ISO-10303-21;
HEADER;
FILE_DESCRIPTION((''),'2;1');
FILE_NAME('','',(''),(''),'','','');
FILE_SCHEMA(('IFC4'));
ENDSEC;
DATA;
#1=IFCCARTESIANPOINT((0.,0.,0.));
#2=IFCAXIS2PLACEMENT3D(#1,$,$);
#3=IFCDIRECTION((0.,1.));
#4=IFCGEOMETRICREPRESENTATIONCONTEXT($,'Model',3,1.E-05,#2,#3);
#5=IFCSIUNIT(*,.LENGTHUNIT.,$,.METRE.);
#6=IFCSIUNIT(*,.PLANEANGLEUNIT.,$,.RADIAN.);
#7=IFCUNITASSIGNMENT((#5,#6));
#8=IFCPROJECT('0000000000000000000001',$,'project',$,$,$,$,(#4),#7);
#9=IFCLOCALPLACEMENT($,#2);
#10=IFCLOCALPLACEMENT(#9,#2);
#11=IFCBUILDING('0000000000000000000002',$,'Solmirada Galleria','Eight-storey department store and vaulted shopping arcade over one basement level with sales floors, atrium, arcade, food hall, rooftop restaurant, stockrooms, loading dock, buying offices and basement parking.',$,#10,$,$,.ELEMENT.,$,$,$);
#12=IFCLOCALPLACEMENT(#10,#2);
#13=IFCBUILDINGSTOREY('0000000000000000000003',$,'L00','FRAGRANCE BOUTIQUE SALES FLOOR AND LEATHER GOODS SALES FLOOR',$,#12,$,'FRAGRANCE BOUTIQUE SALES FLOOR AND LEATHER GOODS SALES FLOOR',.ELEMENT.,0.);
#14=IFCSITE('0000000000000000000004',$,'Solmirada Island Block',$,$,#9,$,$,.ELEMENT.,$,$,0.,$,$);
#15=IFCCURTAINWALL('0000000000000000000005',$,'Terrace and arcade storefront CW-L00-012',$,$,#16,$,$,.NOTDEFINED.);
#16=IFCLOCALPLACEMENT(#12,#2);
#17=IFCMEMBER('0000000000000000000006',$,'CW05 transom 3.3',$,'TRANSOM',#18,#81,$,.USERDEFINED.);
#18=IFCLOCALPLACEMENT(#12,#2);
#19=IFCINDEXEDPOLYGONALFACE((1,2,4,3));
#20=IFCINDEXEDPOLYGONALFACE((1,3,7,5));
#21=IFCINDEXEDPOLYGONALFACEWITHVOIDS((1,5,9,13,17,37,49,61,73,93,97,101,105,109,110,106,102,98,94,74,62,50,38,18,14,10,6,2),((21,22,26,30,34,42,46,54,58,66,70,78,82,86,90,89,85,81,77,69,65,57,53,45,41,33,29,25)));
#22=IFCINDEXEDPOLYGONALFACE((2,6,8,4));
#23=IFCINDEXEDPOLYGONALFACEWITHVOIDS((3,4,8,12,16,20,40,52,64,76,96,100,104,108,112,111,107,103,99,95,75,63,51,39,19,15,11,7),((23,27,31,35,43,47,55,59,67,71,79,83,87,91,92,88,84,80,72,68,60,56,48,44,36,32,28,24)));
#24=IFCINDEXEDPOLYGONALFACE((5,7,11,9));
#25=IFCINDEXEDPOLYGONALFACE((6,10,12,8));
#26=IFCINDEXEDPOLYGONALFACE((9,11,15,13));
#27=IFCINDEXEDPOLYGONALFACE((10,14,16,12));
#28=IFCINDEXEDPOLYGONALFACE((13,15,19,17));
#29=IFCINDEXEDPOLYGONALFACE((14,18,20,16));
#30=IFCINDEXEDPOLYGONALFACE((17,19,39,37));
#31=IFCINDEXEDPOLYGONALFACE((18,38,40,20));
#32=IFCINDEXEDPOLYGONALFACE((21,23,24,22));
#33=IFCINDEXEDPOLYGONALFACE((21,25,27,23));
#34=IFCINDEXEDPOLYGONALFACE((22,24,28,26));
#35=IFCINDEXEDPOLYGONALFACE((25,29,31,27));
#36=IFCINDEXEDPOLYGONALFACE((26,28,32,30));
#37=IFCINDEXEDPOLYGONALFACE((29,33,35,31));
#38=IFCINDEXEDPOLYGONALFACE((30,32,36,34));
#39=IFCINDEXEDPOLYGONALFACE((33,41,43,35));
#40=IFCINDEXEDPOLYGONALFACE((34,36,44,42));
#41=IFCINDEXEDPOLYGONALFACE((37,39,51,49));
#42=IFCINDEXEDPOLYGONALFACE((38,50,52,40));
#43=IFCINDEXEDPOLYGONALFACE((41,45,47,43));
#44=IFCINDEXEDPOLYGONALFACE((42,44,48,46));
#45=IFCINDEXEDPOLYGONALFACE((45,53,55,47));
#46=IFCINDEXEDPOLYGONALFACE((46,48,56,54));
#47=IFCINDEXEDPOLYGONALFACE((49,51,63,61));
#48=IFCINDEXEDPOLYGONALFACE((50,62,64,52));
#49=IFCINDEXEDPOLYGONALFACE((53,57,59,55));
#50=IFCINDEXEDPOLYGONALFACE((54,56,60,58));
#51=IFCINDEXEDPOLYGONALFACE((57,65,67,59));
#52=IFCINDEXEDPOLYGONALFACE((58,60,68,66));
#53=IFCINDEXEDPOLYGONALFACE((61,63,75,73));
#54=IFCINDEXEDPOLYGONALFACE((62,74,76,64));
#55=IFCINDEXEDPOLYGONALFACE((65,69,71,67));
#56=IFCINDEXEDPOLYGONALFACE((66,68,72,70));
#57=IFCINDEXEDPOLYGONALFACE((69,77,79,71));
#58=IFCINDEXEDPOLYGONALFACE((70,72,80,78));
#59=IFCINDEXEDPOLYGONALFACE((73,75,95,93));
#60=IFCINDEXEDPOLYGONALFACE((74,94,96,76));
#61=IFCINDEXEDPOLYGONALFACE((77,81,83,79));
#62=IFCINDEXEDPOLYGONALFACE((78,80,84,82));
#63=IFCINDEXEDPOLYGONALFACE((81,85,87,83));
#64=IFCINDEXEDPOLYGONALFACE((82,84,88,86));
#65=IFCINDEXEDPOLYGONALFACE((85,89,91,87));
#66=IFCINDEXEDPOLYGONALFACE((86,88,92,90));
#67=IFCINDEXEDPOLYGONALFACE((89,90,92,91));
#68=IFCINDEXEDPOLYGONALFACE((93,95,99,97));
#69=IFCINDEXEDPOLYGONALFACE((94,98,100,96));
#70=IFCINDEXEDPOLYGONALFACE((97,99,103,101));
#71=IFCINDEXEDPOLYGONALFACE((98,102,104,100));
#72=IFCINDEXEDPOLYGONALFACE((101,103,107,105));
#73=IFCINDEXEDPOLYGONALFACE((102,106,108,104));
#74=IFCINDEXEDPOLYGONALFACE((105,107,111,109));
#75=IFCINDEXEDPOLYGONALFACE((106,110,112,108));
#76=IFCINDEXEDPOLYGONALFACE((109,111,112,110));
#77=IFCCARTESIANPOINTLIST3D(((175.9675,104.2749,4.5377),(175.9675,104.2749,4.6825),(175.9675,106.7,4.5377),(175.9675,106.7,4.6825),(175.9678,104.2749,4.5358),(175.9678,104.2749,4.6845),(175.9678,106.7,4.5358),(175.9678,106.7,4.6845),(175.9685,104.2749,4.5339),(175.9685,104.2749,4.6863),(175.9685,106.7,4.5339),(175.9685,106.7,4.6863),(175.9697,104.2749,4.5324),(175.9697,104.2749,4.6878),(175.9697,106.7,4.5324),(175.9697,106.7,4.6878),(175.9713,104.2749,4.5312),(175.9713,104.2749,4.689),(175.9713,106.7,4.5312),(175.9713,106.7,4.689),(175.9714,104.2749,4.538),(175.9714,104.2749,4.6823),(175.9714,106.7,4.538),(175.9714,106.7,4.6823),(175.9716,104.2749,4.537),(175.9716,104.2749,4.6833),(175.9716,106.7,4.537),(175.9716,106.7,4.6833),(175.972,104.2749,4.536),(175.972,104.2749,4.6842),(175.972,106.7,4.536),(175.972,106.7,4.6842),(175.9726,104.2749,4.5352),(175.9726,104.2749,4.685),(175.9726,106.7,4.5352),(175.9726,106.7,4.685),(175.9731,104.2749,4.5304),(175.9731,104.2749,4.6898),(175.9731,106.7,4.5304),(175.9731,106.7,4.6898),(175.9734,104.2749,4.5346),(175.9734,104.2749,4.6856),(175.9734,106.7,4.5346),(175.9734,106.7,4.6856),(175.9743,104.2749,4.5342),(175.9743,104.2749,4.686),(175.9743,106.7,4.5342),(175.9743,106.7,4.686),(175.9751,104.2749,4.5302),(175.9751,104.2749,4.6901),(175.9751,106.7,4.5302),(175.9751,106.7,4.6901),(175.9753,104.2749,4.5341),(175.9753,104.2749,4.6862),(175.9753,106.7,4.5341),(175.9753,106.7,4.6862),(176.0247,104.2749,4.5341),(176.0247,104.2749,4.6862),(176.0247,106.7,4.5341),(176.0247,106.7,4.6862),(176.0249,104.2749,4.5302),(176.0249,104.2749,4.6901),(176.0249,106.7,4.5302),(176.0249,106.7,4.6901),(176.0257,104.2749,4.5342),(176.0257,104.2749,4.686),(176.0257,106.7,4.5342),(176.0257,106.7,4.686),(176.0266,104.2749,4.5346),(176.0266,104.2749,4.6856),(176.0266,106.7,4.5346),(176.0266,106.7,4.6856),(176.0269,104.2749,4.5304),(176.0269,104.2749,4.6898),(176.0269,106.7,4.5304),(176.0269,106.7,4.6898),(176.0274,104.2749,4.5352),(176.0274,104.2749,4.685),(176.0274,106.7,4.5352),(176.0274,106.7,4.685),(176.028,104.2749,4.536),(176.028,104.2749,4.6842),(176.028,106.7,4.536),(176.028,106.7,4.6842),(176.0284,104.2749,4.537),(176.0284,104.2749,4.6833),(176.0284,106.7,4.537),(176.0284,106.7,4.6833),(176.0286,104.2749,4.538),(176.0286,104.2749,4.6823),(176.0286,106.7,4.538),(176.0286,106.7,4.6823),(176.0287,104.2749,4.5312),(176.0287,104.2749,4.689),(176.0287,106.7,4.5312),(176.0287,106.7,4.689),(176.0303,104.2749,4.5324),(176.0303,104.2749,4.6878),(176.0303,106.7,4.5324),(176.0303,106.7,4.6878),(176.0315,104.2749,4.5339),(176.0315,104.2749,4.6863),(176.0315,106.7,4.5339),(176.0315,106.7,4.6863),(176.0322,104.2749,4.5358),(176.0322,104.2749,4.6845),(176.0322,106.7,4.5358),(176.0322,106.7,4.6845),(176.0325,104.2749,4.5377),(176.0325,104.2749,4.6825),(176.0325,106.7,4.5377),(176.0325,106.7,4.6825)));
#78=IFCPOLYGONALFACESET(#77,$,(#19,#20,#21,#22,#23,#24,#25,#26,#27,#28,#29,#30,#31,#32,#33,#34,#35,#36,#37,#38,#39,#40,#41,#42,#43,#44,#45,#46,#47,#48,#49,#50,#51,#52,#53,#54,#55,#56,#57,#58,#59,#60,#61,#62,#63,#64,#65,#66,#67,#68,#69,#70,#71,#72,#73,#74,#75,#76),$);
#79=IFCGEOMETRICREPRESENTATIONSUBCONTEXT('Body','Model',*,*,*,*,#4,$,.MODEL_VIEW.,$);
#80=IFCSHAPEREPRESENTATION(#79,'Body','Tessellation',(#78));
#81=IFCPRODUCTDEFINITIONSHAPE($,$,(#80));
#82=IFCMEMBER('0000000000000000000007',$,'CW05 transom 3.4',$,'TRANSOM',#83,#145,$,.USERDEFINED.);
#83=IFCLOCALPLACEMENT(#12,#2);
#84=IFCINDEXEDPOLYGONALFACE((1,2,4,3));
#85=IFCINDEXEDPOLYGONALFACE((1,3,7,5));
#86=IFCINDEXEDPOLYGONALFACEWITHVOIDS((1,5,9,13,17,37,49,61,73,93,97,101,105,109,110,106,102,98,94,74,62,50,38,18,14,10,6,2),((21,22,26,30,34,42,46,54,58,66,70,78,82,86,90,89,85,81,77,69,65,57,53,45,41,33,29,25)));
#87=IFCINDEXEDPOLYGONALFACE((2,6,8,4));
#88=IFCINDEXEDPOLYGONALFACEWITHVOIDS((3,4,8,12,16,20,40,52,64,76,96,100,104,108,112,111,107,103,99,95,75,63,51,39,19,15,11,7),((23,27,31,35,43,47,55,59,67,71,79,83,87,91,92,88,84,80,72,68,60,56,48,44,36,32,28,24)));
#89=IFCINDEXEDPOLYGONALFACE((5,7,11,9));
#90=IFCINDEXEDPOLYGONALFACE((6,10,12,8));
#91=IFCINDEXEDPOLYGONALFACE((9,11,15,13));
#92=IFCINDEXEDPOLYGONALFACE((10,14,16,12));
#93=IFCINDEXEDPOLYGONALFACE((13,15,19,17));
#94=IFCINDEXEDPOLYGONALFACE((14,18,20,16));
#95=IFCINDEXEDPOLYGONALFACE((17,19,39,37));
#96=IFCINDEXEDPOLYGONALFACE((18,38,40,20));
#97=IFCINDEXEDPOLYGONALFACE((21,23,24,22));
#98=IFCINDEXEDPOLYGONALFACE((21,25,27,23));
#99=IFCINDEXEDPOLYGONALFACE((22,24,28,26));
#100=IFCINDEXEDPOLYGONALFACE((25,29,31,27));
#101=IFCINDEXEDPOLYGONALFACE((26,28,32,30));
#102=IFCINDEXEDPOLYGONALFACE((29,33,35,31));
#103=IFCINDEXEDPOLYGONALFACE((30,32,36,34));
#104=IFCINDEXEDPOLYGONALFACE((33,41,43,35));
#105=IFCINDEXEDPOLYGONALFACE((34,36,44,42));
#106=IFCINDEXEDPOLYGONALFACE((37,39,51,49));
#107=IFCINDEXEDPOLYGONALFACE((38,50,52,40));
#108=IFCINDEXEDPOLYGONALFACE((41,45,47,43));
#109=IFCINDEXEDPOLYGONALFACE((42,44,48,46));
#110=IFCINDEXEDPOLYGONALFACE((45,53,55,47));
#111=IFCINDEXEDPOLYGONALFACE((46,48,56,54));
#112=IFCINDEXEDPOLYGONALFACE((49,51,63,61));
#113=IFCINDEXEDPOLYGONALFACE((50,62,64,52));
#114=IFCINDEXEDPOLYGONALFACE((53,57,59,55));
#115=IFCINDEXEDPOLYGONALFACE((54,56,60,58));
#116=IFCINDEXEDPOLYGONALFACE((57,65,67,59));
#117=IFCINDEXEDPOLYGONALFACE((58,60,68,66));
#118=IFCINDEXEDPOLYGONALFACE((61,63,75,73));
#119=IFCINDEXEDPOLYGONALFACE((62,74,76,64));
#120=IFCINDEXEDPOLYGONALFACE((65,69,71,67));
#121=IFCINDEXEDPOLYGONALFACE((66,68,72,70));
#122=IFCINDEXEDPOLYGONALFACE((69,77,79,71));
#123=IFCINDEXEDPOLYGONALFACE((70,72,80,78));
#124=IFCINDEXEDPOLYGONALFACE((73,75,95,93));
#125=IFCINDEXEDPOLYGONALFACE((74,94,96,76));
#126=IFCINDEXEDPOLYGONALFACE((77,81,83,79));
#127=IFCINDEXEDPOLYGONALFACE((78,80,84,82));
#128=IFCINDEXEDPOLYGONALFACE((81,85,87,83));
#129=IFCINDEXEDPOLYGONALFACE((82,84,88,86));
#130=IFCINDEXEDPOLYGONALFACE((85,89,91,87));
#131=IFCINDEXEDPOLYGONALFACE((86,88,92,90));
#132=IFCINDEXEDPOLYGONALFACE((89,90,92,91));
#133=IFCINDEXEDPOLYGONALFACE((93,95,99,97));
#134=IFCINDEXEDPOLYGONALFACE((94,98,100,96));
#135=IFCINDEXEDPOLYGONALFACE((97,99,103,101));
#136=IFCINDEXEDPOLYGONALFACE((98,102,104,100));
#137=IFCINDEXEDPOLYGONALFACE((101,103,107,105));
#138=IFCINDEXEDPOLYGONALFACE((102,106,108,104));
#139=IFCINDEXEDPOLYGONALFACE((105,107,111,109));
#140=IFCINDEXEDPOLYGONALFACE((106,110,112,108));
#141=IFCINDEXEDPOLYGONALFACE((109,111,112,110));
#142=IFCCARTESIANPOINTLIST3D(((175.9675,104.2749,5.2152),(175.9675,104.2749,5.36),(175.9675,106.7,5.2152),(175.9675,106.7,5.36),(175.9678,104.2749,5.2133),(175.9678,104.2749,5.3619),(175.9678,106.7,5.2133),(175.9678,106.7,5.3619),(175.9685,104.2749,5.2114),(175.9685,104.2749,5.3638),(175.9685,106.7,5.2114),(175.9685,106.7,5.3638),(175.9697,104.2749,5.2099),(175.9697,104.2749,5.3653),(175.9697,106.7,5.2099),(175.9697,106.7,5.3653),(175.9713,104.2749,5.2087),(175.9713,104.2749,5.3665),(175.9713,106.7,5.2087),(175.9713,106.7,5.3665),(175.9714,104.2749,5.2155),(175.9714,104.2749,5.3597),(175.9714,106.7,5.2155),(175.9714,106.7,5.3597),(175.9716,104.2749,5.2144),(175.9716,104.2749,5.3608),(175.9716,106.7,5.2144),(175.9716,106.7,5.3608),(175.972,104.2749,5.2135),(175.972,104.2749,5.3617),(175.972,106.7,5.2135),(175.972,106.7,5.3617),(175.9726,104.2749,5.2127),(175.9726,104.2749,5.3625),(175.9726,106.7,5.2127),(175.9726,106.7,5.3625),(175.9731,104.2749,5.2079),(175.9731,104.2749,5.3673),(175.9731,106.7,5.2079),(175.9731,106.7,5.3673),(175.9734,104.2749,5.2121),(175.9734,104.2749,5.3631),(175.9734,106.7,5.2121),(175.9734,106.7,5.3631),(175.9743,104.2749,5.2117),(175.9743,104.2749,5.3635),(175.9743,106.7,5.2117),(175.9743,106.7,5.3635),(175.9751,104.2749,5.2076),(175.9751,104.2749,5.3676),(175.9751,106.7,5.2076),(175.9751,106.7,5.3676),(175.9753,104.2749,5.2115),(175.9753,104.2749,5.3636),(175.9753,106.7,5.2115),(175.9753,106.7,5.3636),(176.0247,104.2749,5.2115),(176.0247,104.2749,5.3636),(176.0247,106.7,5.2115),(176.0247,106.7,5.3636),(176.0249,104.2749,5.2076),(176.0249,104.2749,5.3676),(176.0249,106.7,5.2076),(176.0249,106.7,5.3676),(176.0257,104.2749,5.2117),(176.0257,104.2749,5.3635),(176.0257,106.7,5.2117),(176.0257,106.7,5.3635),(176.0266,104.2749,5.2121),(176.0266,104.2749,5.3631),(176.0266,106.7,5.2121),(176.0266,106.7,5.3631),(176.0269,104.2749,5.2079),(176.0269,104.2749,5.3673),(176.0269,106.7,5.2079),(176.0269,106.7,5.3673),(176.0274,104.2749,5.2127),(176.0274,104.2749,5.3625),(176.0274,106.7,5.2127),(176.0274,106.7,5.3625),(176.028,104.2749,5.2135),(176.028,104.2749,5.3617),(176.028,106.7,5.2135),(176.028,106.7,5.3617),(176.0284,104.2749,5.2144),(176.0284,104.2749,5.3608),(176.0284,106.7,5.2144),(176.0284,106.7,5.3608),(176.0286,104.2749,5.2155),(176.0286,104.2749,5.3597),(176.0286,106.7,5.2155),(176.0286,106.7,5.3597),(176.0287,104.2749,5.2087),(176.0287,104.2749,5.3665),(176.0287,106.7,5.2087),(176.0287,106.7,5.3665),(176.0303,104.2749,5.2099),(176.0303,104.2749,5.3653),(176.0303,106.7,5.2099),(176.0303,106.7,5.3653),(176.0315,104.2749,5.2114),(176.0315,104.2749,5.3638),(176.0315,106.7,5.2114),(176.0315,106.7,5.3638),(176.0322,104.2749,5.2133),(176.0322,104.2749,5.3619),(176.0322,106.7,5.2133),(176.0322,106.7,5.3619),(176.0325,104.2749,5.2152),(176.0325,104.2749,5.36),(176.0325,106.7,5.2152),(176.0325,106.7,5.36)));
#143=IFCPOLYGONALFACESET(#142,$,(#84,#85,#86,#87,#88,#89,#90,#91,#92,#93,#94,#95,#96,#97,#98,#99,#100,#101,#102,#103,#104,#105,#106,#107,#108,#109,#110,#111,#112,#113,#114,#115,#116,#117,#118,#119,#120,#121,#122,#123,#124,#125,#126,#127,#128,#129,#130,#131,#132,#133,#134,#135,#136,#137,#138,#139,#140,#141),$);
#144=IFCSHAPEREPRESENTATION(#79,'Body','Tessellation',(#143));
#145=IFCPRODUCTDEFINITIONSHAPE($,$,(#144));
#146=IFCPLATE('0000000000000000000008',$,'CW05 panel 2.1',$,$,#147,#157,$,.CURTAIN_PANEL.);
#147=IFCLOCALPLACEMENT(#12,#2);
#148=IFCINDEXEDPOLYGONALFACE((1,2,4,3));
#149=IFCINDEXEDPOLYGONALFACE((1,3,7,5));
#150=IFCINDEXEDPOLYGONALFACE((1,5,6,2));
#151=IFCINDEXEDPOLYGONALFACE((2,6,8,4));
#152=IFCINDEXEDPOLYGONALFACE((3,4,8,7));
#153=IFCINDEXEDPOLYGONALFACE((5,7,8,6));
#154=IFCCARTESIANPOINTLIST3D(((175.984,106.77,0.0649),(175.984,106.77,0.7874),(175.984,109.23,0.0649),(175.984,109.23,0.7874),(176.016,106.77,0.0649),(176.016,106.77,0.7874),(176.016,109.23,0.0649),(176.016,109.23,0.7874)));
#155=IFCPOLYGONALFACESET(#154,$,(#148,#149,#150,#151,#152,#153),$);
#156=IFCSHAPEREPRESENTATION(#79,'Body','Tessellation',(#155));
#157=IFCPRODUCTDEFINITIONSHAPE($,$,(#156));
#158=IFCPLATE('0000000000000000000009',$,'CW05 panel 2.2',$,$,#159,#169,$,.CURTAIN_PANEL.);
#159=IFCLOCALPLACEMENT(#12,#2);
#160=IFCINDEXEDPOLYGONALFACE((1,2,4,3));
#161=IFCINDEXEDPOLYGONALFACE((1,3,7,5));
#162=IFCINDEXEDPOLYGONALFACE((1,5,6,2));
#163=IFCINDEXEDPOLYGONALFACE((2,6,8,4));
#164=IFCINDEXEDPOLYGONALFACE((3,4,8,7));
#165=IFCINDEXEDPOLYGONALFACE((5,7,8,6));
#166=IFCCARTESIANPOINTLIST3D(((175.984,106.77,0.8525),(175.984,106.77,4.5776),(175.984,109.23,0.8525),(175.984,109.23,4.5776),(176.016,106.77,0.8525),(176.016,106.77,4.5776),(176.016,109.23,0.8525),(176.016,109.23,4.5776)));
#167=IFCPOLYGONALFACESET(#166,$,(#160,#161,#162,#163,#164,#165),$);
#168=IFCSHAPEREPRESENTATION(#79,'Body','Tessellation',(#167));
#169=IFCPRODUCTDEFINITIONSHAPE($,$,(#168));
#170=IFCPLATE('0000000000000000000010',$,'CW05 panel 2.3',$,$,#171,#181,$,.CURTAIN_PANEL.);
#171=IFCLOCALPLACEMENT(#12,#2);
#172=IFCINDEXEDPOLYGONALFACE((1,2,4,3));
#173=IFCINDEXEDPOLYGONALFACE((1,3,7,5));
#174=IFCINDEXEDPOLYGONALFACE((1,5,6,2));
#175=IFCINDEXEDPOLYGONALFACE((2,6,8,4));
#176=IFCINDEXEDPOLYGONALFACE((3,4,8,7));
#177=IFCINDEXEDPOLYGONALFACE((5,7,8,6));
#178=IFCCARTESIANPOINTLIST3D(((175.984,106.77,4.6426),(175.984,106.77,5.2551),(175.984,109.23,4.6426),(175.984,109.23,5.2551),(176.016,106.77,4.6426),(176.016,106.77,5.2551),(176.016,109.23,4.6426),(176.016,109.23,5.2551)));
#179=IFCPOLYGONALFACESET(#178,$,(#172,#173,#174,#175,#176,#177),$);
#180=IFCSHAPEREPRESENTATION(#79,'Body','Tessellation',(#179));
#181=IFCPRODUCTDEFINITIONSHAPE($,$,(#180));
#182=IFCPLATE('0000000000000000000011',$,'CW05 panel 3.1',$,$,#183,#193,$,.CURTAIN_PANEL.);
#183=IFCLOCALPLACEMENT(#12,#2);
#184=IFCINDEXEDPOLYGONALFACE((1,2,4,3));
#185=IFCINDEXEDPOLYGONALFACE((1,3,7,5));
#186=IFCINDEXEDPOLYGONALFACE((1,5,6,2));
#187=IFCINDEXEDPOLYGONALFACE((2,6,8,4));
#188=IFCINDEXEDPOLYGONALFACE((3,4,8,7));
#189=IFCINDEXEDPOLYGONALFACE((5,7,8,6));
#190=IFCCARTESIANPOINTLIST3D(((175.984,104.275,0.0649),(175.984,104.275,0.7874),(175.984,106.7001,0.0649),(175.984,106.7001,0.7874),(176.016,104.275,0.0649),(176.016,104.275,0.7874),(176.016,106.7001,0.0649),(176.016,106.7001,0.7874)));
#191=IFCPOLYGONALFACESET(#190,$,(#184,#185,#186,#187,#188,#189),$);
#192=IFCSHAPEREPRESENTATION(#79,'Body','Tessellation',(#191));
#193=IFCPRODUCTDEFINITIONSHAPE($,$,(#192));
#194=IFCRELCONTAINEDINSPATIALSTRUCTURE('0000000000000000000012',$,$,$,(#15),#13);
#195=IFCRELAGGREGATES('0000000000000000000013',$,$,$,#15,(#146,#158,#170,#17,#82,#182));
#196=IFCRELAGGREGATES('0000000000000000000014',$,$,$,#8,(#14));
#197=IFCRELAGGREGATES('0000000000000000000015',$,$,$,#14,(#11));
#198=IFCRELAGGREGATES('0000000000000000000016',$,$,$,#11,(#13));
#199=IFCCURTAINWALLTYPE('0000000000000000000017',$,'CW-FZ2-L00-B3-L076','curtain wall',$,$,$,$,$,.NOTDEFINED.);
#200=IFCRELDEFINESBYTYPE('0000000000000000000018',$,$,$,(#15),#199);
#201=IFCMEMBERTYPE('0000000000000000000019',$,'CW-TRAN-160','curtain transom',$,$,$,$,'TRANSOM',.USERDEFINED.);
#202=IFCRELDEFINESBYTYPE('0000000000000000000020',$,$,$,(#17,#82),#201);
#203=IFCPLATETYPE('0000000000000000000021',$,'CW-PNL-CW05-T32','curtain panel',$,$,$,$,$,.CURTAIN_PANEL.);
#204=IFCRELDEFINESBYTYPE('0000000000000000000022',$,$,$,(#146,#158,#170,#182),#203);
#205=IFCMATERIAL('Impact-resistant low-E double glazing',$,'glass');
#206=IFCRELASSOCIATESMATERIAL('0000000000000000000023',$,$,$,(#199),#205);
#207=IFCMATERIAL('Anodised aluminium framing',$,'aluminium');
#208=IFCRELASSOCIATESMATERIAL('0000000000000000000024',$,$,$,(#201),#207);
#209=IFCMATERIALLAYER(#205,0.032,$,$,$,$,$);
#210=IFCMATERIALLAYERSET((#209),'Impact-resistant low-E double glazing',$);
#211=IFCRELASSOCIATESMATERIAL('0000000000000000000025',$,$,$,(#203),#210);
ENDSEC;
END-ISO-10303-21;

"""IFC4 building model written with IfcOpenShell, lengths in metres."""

from ifc_helpers import new_model, si_unit, direction, frame, origin, origin_2d, place, context, subcontext, project, spatial, rectangle, hollow_rectangle, extrude, material, layer, layer_set, material_profile, profile_set, type_object, element, aggregate, save


model = new_model("IFC4")

# Units and contexts
model_context = context("Model", 3, precision=1e-05, world=origin(), true_north=direction((0.0, 1.0)))
body_context = subcontext(model_context, "Body", "Model", "MODEL_VIEW")
ifc_project = project(units=[si_unit("LENGTHUNIT", "METRE"), si_unit("PLANEANGLEUNIT", "RADIAN")], contexts=[model_context])

# Site, building, storey
site_placement = place(None, origin())
site = spatial("IfcSite", under=ifc_project, at=site_placement, Name="Solmirada Island Block", CompositionType="ELEMENT", RefElevation=0.0)
building_placement = place(site_placement, origin())
building = spatial("IfcBuilding", under=site, at=building_placement, Name="Solmirada Galleria", Description="Eight-storey department store and vaulted shopping arcade over one basement level with sales floors, atrium, arcade, food hall, rooftop restaurant, stockrooms, loading dock, buying offices and basement parking.", CompositionType="ELEMENT")
storey_placement = place(building_placement, origin())
storey = spatial("IfcBuildingStorey", under=building, at=storey_placement, Name="L00", Description="FRAGRANCE BOUTIQUE SALES FLOOR AND LEATHER GOODS SALES FLOOR", LongName="FRAGRANCE BOUTIQUE SALES FLOOR AND LEATHER GOODS SALES FLOOR", CompositionType="ELEMENT", Elevation=0.0)

# Curtain wall, members, plates
ifc_material_1 = material(Name="Impact-resistant low-E double glazing", Category="glass")
curtain_wall_type = type_object("IfcCurtainWallType", Name="CW-FZ2-L00-B3-L076", Description="curtain wall", PredefinedType="NOTDEFINED", material=ifc_material_1)
curtain_wall_placement = place(storey_placement, origin())
curtain_wall = element("IfcCurtainWall", 1, at=curtain_wall_placement, inside=storey, type_object=curtain_wall_type, Name="Terrace and arcade storefront CW-L00-012", PredefinedType="NOTDEFINED")
ifc_material_2 = material(Name="Anodised aluminium framing", Category="aluminium")
ifc_material_profile_1 = material_profile(ifc_material_2, hollow_rectangle(XDim=0.0649, YDim=0.1599, WallThickness=0.0039, InnerFilletRadius=0.0039, OuterFilletRadius=0.0076, at=origin_2d()), Name="ALU-TRAN-160X65")
ifc_profile_set_1 = profile_set([ifc_material_profile_1], Name="Anodised aluminium framing")
member_type_1 = type_object("IfcMemberType", Name="CW-TRAN-160", Description="curtain transom", ElementType="TRANSOM", PredefinedType="USERDEFINED", material=ifc_profile_set_1)
member_1_placement = place(storey_placement, frame((176.0, 106.7, 4.6101), z_axis=(0.0, -1.0, 0.0), x_axis=(1.0, 0.0, 0.0)))
member_1 = element("IfcMember", 2, at=member_1_placement, type_object=member_type_1, Name="CW05 transom 3.3", ObjectType="TRANSOM", PredefinedType="USERDEFINED", context=body_context, shape_type="SweptSolid", body=[
    extrude(hollow_rectangle(XDim=0.0649, YDim=0.1599, WallThickness=0.0039, InnerFilletRadius=0.0039, OuterFilletRadius=0.0076, at=origin_2d()), origin(), (0.0, 0.0, 1.0), 2.425),
])
member_2_placement = place(storey_placement, frame((176.0, 106.7, 5.2876), z_axis=(0.0, -1.0, 0.0), x_axis=(1.0, 0.0, 0.0)))
member_2 = element("IfcMember", 3, at=member_2_placement, type_object=member_type_1, Name="CW05 transom 3.4", ObjectType="TRANSOM", PredefinedType="USERDEFINED", context=body_context, shape_type="SweptSolid", body=[
    extrude(hollow_rectangle(XDim=0.0649, YDim=0.1599, WallThickness=0.0039, InnerFilletRadius=0.0039, OuterFilletRadius=0.0076, at=origin_2d()), origin(), (0.0, 0.0, 1.0), 2.425),
])
ifc_layer_1 = layer(ifc_material_1, 0.032)
ifc_layer_set_1 = layer_set([ifc_layer_1], Name="Impact-resistant low-E double glazing")
plate_type = type_object("IfcPlateType", Name="CW-PNL-CW05-T32", Description="curtain panel", PredefinedType="CURTAIN_PANEL", material=ifc_layer_set_1)
plate_1_placement = place(storey_placement, frame((176.0, 108.0, 0.0649), z_axis=(0.0, 0.0, 1.0), x_axis=(0.0, -1.0, 0.0)))
plate_1 = element("IfcPlate", 4, at=plate_1_placement, type_object=plate_type, Name="CW05 panel 2.1", PredefinedType="CURTAIN_PANEL", context=body_context, shape_type="SweptSolid", body=[
    extrude(rectangle(XDim=2.46, YDim=0.032, at=origin_2d()), origin(), (0.0, 0.0, 1.0), 0.7224),
])
plate_2_placement = place(storey_placement, frame((176.0, 108.0, 0.8525), z_axis=(0.0, 0.0, 1.0), x_axis=(0.0, -1.0, 0.0)))
plate_2 = element("IfcPlate", 5, at=plate_2_placement, type_object=plate_type, Name="CW05 panel 2.2", PredefinedType="CURTAIN_PANEL", context=body_context, shape_type="SweptSolid", body=[
    extrude(rectangle(XDim=2.46, YDim=0.032, at=origin_2d()), origin(), (0.0, 0.0, 1.0), 3.7251),
])
plate_3_placement = place(storey_placement, frame((176.0, 108.0, 4.6426), z_axis=(0.0, 0.0, 1.0), x_axis=(0.0, -1.0, 0.0)))
plate_3 = element("IfcPlate", 6, at=plate_3_placement, type_object=plate_type, Name="CW05 panel 2.3", PredefinedType="CURTAIN_PANEL", context=body_context, shape_type="SweptSolid", body=[
    extrude(rectangle(XDim=2.46, YDim=0.032, at=origin_2d()), origin(), (0.0, 0.0, 1.0), 0.6125),
])
plate_4_placement = place(storey_placement, frame((176.0, 105.4875, 0.0649), z_axis=(0.0, 0.0, 1.0), x_axis=(0.0, -1.0, 0.0)))
plate_4 = element("IfcPlate", 7, at=plate_4_placement, type_object=plate_type, Name="CW05 panel 3.1", PredefinedType="CURTAIN_PANEL", context=body_context, shape_type="SweptSolid", body=[
    extrude(rectangle(XDim=2.425, YDim=0.032, at=origin_2d()), origin(), (0.0, 0.0, 1.0), 0.7224),
])
aggregate(curtain_wall, [plate_1, plate_2, plate_3, member_1, member_2, plate_4])

save(model, "model.ifc")
